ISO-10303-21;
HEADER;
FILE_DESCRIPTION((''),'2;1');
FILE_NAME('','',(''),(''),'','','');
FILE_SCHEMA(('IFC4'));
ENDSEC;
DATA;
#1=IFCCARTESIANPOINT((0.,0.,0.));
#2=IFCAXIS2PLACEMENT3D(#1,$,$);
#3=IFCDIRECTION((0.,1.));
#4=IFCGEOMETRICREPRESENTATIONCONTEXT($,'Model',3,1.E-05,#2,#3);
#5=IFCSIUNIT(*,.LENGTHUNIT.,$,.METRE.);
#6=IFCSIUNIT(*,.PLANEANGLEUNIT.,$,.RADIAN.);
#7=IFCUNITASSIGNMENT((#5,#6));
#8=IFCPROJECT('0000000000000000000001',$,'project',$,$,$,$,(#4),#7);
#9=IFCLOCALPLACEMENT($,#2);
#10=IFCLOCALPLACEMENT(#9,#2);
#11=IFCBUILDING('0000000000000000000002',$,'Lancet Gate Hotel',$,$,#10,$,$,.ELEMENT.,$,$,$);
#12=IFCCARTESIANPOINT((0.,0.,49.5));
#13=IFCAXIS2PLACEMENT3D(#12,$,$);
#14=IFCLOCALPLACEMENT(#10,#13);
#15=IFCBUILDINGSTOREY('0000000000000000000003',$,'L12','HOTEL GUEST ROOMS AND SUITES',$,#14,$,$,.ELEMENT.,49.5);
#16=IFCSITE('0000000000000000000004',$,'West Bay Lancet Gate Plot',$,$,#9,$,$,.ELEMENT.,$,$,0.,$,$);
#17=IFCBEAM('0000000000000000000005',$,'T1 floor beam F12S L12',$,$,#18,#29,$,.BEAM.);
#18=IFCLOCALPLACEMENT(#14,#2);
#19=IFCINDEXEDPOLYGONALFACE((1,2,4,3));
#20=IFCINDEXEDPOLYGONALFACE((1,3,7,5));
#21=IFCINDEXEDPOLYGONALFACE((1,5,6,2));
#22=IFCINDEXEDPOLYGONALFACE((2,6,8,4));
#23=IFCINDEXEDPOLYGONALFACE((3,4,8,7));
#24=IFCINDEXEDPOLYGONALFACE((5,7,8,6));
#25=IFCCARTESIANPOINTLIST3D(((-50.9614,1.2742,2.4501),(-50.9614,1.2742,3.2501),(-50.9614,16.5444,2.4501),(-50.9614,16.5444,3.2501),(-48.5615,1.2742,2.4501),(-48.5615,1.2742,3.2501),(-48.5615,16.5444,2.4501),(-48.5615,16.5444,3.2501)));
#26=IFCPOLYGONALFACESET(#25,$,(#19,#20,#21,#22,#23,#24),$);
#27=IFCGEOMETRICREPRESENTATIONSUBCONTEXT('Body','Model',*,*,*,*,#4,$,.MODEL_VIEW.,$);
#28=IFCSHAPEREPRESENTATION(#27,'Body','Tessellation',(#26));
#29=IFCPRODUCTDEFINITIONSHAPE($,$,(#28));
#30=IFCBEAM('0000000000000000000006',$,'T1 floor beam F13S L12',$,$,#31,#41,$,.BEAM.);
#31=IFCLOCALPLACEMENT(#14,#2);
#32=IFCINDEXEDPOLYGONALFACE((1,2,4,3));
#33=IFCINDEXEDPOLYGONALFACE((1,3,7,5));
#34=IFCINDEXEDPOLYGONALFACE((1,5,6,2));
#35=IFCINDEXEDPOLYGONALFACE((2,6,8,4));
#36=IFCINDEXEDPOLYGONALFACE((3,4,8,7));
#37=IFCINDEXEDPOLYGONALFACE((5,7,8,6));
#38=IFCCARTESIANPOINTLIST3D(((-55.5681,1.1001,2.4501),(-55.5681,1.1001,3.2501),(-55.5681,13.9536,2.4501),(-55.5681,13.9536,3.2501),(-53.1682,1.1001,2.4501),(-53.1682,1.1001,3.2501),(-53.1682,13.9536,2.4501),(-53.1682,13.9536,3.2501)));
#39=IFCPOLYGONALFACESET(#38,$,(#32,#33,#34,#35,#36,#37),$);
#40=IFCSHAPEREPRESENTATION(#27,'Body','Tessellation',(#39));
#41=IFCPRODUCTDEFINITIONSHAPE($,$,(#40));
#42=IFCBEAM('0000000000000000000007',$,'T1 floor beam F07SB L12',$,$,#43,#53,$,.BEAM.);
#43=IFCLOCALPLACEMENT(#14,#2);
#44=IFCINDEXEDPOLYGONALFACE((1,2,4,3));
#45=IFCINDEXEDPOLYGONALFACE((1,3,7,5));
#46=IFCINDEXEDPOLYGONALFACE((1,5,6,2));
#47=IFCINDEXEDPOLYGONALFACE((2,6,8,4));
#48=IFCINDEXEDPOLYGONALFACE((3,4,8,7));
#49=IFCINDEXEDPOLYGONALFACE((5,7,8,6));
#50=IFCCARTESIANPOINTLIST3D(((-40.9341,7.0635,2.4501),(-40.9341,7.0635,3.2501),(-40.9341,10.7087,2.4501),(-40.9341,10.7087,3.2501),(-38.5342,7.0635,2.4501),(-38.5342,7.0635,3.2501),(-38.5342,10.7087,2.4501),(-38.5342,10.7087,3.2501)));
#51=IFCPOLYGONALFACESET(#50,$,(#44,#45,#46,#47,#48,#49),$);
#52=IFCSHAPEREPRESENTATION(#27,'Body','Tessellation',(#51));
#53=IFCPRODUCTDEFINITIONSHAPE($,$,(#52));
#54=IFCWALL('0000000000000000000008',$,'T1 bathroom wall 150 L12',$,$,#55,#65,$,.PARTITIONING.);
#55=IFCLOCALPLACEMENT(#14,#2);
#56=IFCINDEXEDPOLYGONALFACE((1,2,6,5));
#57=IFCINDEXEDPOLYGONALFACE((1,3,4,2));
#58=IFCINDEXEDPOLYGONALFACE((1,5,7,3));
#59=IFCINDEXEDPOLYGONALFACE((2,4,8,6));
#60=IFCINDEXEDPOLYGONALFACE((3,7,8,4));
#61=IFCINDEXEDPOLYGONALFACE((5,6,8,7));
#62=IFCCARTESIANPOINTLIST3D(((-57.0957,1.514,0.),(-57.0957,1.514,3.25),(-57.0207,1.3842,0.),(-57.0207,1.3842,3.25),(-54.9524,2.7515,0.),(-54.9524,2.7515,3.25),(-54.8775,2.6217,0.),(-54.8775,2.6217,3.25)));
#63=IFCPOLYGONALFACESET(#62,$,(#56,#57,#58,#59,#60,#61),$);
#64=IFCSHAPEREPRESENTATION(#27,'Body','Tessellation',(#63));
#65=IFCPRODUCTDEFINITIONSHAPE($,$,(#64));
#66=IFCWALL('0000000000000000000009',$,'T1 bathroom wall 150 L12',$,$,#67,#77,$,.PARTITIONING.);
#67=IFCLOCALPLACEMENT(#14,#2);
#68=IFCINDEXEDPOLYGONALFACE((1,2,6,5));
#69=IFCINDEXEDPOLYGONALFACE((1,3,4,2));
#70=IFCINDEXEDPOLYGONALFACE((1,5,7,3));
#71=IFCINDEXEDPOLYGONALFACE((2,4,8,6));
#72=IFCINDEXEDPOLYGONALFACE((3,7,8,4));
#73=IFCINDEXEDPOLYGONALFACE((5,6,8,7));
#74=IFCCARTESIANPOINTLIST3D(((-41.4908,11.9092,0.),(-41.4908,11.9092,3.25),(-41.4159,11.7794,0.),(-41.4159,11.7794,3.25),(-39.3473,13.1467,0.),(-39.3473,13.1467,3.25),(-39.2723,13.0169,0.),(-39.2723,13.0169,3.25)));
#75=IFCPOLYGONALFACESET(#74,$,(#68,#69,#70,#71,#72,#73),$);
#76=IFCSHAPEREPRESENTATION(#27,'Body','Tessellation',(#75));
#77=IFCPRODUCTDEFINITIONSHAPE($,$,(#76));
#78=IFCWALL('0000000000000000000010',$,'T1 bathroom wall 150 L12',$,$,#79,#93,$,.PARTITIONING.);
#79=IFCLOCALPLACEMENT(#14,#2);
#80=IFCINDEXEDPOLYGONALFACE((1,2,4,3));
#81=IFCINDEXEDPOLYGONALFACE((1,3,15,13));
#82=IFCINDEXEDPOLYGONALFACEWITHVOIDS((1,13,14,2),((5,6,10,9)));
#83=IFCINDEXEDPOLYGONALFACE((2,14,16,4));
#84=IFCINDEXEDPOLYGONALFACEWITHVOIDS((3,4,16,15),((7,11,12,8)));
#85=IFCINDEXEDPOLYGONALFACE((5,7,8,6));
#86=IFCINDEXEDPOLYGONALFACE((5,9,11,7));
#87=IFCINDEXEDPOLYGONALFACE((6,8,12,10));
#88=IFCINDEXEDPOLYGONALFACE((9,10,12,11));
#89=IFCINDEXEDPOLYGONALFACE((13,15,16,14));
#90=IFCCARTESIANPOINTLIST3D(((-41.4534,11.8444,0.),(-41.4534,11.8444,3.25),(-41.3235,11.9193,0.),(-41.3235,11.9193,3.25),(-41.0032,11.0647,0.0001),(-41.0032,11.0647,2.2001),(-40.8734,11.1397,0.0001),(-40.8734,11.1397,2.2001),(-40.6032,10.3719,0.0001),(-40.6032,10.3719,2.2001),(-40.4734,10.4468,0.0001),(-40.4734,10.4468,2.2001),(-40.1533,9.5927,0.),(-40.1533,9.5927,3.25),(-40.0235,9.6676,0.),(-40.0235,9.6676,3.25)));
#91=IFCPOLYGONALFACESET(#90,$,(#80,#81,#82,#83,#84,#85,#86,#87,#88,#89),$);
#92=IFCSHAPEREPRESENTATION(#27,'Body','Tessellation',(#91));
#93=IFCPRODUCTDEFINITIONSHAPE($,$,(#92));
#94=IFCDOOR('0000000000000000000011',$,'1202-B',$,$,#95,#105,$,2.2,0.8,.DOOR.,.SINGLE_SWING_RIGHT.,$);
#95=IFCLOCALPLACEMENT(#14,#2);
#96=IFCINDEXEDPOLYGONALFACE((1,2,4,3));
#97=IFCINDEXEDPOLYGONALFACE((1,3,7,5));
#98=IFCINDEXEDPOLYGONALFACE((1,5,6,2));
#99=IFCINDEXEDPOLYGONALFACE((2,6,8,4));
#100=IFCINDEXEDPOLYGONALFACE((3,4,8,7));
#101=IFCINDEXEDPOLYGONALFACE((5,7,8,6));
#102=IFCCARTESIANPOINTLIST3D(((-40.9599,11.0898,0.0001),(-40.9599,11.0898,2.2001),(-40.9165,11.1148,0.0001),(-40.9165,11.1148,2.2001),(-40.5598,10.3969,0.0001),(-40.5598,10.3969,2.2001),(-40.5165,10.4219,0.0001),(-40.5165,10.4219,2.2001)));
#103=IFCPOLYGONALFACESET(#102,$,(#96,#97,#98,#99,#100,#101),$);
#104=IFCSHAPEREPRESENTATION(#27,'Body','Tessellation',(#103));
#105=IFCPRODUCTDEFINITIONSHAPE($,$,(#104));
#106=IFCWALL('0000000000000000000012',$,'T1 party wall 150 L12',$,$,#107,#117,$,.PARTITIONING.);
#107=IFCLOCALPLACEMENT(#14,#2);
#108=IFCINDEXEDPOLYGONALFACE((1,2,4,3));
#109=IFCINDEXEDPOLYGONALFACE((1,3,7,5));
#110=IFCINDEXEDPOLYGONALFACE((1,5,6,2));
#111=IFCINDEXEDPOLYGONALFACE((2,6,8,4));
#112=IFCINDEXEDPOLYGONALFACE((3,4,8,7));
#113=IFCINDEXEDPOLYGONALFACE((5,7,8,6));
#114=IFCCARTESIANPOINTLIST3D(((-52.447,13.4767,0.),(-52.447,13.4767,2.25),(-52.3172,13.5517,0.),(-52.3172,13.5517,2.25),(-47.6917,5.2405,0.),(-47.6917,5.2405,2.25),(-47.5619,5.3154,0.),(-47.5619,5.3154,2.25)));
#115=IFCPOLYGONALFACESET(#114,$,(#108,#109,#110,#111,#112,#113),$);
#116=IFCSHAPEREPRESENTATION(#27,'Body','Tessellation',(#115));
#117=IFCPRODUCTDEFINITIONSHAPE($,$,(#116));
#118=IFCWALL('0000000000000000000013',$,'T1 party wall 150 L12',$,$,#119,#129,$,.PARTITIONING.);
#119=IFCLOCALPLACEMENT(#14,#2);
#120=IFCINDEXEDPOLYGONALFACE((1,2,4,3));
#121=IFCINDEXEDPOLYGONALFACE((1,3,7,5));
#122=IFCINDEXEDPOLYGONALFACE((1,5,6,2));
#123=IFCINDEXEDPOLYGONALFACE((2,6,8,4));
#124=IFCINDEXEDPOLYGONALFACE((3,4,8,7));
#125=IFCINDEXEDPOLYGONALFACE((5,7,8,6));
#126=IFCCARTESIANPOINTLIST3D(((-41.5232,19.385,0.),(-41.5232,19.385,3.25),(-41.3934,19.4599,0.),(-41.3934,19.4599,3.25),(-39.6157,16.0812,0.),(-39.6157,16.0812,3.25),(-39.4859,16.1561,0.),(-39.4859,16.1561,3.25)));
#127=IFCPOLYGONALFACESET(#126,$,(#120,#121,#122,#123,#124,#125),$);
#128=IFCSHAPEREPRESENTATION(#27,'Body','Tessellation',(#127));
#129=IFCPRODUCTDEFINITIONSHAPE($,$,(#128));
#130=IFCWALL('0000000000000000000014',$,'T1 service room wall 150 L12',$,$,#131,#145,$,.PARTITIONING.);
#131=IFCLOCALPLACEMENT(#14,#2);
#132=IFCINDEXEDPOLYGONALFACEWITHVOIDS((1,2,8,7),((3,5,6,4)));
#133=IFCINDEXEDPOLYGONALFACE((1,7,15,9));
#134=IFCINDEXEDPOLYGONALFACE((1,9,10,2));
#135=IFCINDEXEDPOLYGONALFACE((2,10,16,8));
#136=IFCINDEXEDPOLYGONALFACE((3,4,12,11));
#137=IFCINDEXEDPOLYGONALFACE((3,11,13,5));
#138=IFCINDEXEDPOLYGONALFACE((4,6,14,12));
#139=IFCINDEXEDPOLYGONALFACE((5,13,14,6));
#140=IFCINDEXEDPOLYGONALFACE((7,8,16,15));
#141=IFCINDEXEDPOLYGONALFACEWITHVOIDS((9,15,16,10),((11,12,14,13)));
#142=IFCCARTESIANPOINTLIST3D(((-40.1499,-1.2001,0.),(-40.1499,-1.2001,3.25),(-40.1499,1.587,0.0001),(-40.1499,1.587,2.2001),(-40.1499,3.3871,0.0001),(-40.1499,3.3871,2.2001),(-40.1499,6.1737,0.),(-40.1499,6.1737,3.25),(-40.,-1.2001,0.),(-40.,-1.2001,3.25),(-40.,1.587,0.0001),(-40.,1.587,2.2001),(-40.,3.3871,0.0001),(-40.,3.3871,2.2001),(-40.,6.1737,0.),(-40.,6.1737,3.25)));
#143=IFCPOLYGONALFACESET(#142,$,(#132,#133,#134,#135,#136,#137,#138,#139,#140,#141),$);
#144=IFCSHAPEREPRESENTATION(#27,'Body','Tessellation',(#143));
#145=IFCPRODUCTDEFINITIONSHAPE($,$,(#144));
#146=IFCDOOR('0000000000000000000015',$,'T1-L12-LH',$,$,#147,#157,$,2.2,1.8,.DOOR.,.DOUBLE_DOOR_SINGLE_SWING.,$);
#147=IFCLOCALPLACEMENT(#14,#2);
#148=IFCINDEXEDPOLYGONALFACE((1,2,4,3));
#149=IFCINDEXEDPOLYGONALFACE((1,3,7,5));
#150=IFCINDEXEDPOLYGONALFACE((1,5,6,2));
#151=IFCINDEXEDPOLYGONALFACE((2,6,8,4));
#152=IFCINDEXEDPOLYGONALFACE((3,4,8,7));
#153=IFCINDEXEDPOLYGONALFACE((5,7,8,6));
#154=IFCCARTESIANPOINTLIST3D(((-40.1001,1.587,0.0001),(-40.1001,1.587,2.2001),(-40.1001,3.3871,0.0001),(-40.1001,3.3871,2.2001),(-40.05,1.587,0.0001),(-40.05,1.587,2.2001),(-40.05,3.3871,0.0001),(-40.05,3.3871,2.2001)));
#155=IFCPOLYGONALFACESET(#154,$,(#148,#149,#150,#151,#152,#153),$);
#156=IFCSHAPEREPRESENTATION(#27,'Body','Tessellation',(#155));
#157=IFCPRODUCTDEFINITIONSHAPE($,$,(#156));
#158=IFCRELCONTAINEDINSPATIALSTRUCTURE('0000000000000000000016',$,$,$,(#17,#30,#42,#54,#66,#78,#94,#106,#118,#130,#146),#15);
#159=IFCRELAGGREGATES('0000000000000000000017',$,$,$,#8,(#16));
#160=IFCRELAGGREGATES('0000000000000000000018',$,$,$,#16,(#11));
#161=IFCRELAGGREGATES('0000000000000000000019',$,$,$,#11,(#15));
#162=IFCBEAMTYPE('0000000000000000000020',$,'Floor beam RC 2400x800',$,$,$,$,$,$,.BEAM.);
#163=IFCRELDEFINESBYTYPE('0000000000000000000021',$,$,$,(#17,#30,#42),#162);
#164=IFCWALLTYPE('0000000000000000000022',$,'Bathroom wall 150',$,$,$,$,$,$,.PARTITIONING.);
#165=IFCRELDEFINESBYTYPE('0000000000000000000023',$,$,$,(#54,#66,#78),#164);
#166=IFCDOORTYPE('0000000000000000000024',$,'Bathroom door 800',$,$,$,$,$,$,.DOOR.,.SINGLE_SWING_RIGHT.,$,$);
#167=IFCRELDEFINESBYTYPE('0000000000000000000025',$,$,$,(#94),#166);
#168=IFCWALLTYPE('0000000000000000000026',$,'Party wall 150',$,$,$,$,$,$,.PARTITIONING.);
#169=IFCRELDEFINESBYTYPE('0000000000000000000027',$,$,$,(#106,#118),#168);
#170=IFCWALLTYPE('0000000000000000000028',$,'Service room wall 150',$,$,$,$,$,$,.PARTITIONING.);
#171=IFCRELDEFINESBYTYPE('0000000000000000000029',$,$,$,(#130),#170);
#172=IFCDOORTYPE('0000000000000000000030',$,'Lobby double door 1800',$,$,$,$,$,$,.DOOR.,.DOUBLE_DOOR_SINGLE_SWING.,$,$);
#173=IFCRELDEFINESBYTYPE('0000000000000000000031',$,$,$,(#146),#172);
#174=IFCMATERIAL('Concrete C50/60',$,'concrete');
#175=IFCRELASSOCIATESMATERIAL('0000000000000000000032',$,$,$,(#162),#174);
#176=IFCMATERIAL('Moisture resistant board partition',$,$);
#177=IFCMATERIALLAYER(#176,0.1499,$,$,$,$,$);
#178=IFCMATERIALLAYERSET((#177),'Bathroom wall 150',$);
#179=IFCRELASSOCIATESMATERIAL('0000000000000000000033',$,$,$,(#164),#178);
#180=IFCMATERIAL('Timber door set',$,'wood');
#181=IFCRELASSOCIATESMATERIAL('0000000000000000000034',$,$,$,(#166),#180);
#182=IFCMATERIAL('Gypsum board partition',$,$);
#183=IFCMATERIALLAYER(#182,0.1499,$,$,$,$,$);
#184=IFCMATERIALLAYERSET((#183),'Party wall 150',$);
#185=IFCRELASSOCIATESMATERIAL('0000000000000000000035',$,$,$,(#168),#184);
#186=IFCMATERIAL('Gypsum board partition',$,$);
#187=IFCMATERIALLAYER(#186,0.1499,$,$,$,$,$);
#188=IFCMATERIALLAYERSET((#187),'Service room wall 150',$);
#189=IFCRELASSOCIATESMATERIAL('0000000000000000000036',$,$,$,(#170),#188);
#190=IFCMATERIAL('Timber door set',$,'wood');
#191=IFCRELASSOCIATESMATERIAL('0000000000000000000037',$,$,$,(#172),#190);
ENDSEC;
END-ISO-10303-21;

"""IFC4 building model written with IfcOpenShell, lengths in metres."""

from ifc_helpers import new_model, si_unit, direction, frame, frame_2d, origin, origin_2d, place, context, subcontext, project, spatial, rectangle, extrude, material, layer, layer_set, material_profile, profile_set, type_object, element, fill, save


model = new_model("IFC4")

# Units and contexts
model_context = context("Model", 3, precision=1e-05, world=origin(), true_north=direction((0.0, 1.0)))
body_context = subcontext(model_context, "Body", "Model", "MODEL_VIEW")
ifc_project = project(units=[si_unit("LENGTHUNIT", "METRE"), si_unit("PLANEANGLEUNIT", "RADIAN")], contexts=[model_context])

# Site, building, storey
site_placement = place(None, origin())
site = spatial("IfcSite", under=ifc_project, at=site_placement, Name="West Bay Lancet Gate Plot", CompositionType="ELEMENT", RefElevation=0.0)
building_placement = place(site_placement, origin())
building = spatial("IfcBuilding", under=site, at=building_placement, Name="Lancet Gate Hotel", CompositionType="ELEMENT")
storey_placement = place(building_placement, frame((0.0, 0.0, 49.5)))
storey = spatial("IfcBuildingStorey", under=building, at=storey_placement, Name="L12", Description="HOTEL GUEST ROOMS AND SUITES", CompositionType="ELEMENT", Elevation=49.5)

# Beams
ifc_material_1 = material(Name="Concrete C50/60", Category="concrete")
ifc_material_profile_1 = material_profile(ifc_material_1, rectangle(XDim=2.3999, YDim=0.8, at=origin_2d()), Name="RC 2400x800")
ifc_profile_set_1 = profile_set([ifc_material_profile_1], Name="Concrete C50/60")
beam_type_1 = type_object("IfcBeamType", Name="Floor beam RC 2400x800", PredefinedType="BEAM", material=ifc_profile_set_1)
beam_1_placement = place(storey_placement, frame((-49.7615, 16.5444, 2.8501), z_axis=(0.0, -1.0, 0.0), x_axis=(1.0, 0.0, 0.0)))
element("IfcBeam", 1, at=beam_1_placement, inside=storey, type_object=beam_type_1, Name="T1 floor beam F12S L12", PredefinedType="BEAM", context=body_context, shape_type="SweptSolid", body=[
    extrude(rectangle(XDim=2.3999, YDim=0.8, at=origin_2d()), origin(), (0.0, 0.0, 1.0), 15.2703),
])
beam_2_placement = place(storey_placement, frame((-54.3682, 13.9536, 2.8501), z_axis=(0.0, -1.0, 0.0), x_axis=(1.0, 0.0, 0.0)))
element("IfcBeam", 2, at=beam_2_placement, inside=storey, type_object=beam_type_1, Name="T1 floor beam F13S L12", PredefinedType="BEAM", context=body_context, shape_type="SweptSolid", body=[
    extrude(rectangle(XDim=2.3999, YDim=0.8, at=origin_2d()), origin(), (0.0, 0.0, 1.0), 12.8535),
])
beam_3_placement = place(storey_placement, frame((-39.7341, 10.7087, 2.8501), z_axis=(0.0, -1.0, 0.0), x_axis=(1.0, 0.0, 0.0)))
element("IfcBeam", 3, at=beam_3_placement, inside=storey, type_object=beam_type_1, Name="T1 floor beam F07SB L12", PredefinedType="BEAM", context=body_context, shape_type="SweptSolid", body=[
    extrude(rectangle(XDim=2.3999, YDim=0.8, at=origin_2d()), origin(), (0.0, 0.0, 1.0), 3.6453),
])

# Walls
ifc_material_2 = material(Name="Moisture resistant board partition")
ifc_layer_1 = layer(ifc_material_2, 0.1499)
ifc_layer_set_1 = layer_set([ifc_layer_1], Name="Bathroom wall 150")
wall_type_1 = type_object("IfcWallType", Name="Bathroom wall 150", PredefinedType="PARTITIONING", material=ifc_layer_set_1)
wall_1_placement = place(storey_placement, frame((-54.915, 2.6865, 0.0), z_axis=(0.0, 0.0, 1.0), x_axis=(-0.866007, -0.500033, 0.0)))
element("IfcWall", 4, at=wall_1_placement, inside=storey, type_object=wall_type_1, Name="T1 bathroom wall 150 L12", PredefinedType="PARTITIONING", context=body_context, shape_type="SweptSolid", body=[
    extrude(rectangle(XDim=2.4749, YDim=0.1499, at=frame_2d((1.2373, 0.0))), origin(), (0.0, 0.0, 1.0), 3.25),
])
wall_2_placement = place(storey_placement, frame((-39.3098, 13.0818, 0.0), z_axis=(0.0, 0.0, 1.0), x_axis=(-0.866031, -0.49999, 0.0)))
element("IfcWall", 5, at=wall_2_placement, inside=storey, type_object=wall_type_1, Name="T1 bathroom wall 150 L12", PredefinedType="PARTITIONING", context=body_context, shape_type="SweptSolid", body=[
    extrude(rectangle(XDim=2.4751, YDim=0.1499, at=frame_2d((1.2375, 0.0))), origin(), (0.0, 0.0, 1.0), 3.25),
])

# Wall, opening, door
wall_3_placement = place(storey_placement, frame((-40.0884, 9.6301, 0.0), z_axis=(0.0, 0.0, 1.0), x_axis=(-0.500007, 0.866021, 0.0)))
wall_3 = element("IfcWall", 6, at=wall_3_placement, inside=storey, type_object=wall_type_1, Name="T1 bathroom wall 150 L12", PredefinedType="PARTITIONING", context=body_context, shape_type="SweptSolid", body=[
    extrude(rectangle(XDim=2.6001, YDim=0.1499, at=frame_2d((1.3, 0.0))), origin(), (0.0, 0.0, 1.0), 3.25),
])
opening_1_placement = place(wall_3_placement, frame((0.8999, 0.0, 0.0)))
opening_1 = element("IfcOpeningElement", 7, at=opening_1_placement, cuts=wall_3, PredefinedType="OPENING", context=body_context, shape_type="SweptSolid", body=[
    extrude(rectangle(XDim=0.8, YDim=2.2, at=frame_2d((0.3999, 1.1001))), frame((0.0, 0.085, 0.0), z_axis=(0.0, -1.0, 0.0), x_axis=(1.0, 0.0, 0.0)), (0.0, 0.0, 1.0), 0.1699),
])
ifc_material_3 = material(Name="Timber door set", Category="wood")
door_type_1 = type_object("IfcDoorType", Name="Bathroom door 800", OperationType="SINGLE_SWING_RIGHT", PredefinedType="DOOR", material=ifc_material_3)
door_1_placement = place(opening_1_placement, origin())
door_1 = element("IfcDoor", 8, at=door_1_placement, inside=storey, type_object=door_type_1, Name="1202-B", OperationType="SINGLE_SWING_RIGHT", OverallHeight=2.2, OverallWidth=0.8, PredefinedType="DOOR", context=body_context, shape_type="SweptSolid", body=[
    extrude(rectangle(XDim=0.8, YDim=2.2, at=frame_2d((0.3999, 1.1001))), frame((0.0, 0.0249, 0.0), z_axis=(0.0, -1.0, 0.0), x_axis=(1.0, 0.0, 0.0)), (0.0, 0.0, 1.0), 0.05),
])
fill(opening_1, door_1)

# Walls
ifc_material_4 = material(Name="Gypsum board partition")
ifc_layer_2 = layer(ifc_material_4, 0.1499)
ifc_layer_set_2 = layer_set([ifc_layer_2], Name="Party wall 150")
wall_type_2 = type_object("IfcWallType", Name="Party wall 150", PredefinedType="PARTITIONING", material=ifc_layer_set_2)
wall_4_placement = place(storey_placement, frame((-47.6267, 5.2778, 0.0), z_axis=(0.0, 0.0, 1.0), x_axis=(-0.50001, 0.86602, 0.0)))
element("IfcWall", 9, at=wall_4_placement, inside=storey, type_object=wall_type_2, Name="T1 party wall 150 L12", PredefinedType="PARTITIONING", context=body_context, shape_type="SweptSolid", body=[
    extrude(rectangle(XDim=9.5105, YDim=0.1499, at=frame_2d((4.7554, 0.0))), origin(), (0.0, 0.0, 1.0), 2.25),
])
wall_5_placement = place(storey_placement, frame((-39.5508, 16.1187, 0.0), z_axis=(0.0, 0.0, 1.0), x_axis=(-0.500014, 0.866017, 0.0)))
element("IfcWall", 10, at=wall_5_placement, inside=storey, type_object=wall_type_2, Name="T1 party wall 150 L12", PredefinedType="PARTITIONING", context=body_context, shape_type="SweptSolid", body=[
    extrude(rectangle(XDim=3.8149, YDim=0.1499, at=frame_2d((1.9075, 0.0))), origin(), (0.0, 0.0, 1.0), 3.25),
])

# Wall, opening, door
ifc_material_5 = material(Name="Gypsum board partition")
ifc_layer_3 = layer(ifc_material_5, 0.1499)
ifc_layer_set_3 = layer_set([ifc_layer_3], Name="Service room wall 150")
wall_type_3 = type_object("IfcWallType", Name="Service room wall 150", PredefinedType="PARTITIONING", material=ifc_layer_set_3)
wall_6_placement = place(storey_placement, frame((-40.075, 6.1738, 0.0), z_axis=(0.0, 0.0, 1.0), x_axis=(0.0, -1.0, 0.0)))
wall_6 = element("IfcWall", 11, at=wall_6_placement, inside=storey, type_object=wall_type_3, Name="T1 service room wall 150 L12", PredefinedType="PARTITIONING", context=body_context, shape_type="SweptSolid", body=[
    extrude(rectangle(XDim=7.3738, YDim=0.1499, at=frame_2d((3.687, 0.0))), origin(), (0.0, 0.0, 1.0), 3.25),
])
opening_2_placement = place(wall_6_placement, frame((2.7869, 0.0, 0.0)))
opening_2 = element("IfcOpeningElement", 12, at=opening_2_placement, cuts=wall_6, PredefinedType="OPENING", context=body_context, shape_type="SweptSolid", body=[
    extrude(rectangle(XDim=1.8, YDim=2.2, at=frame_2d((0.8999, 1.1001))), frame((0.0, 0.085, 0.0), z_axis=(0.0, -1.0, 0.0), x_axis=(1.0, 0.0, 0.0)), (0.0, 0.0, 1.0), 0.1699),
])
ifc_material_6 = material(Name="Timber door set", Category="wood")
door_type_2 = type_object("IfcDoorType", Name="Lobby double door 1800", OperationType="DOUBLE_DOOR_SINGLE_SWING", PredefinedType="DOOR", material=ifc_material_6)
door_2_placement = place(opening_2_placement, origin())
door_2 = element("IfcDoor", 13, at=door_2_placement, inside=storey, type_object=door_type_2, Name="T1-L12-LH", OperationType="DOUBLE_DOOR_SINGLE_SWING", OverallHeight=2.2, OverallWidth=1.8, PredefinedType="DOOR", context=body_context, shape_type="SweptSolid", body=[
    extrude(rectangle(XDim=1.8, YDim=2.2, at=frame_2d((0.8999, 1.1001))), frame((0.0, 0.0249, 0.0), z_axis=(0.0, -1.0, 0.0), x_axis=(1.0, 0.0, 0.0)), (0.0, 0.0, 1.0), 0.05),
])
fill(opening_2, door_2)

save(model, "model.ifc")
